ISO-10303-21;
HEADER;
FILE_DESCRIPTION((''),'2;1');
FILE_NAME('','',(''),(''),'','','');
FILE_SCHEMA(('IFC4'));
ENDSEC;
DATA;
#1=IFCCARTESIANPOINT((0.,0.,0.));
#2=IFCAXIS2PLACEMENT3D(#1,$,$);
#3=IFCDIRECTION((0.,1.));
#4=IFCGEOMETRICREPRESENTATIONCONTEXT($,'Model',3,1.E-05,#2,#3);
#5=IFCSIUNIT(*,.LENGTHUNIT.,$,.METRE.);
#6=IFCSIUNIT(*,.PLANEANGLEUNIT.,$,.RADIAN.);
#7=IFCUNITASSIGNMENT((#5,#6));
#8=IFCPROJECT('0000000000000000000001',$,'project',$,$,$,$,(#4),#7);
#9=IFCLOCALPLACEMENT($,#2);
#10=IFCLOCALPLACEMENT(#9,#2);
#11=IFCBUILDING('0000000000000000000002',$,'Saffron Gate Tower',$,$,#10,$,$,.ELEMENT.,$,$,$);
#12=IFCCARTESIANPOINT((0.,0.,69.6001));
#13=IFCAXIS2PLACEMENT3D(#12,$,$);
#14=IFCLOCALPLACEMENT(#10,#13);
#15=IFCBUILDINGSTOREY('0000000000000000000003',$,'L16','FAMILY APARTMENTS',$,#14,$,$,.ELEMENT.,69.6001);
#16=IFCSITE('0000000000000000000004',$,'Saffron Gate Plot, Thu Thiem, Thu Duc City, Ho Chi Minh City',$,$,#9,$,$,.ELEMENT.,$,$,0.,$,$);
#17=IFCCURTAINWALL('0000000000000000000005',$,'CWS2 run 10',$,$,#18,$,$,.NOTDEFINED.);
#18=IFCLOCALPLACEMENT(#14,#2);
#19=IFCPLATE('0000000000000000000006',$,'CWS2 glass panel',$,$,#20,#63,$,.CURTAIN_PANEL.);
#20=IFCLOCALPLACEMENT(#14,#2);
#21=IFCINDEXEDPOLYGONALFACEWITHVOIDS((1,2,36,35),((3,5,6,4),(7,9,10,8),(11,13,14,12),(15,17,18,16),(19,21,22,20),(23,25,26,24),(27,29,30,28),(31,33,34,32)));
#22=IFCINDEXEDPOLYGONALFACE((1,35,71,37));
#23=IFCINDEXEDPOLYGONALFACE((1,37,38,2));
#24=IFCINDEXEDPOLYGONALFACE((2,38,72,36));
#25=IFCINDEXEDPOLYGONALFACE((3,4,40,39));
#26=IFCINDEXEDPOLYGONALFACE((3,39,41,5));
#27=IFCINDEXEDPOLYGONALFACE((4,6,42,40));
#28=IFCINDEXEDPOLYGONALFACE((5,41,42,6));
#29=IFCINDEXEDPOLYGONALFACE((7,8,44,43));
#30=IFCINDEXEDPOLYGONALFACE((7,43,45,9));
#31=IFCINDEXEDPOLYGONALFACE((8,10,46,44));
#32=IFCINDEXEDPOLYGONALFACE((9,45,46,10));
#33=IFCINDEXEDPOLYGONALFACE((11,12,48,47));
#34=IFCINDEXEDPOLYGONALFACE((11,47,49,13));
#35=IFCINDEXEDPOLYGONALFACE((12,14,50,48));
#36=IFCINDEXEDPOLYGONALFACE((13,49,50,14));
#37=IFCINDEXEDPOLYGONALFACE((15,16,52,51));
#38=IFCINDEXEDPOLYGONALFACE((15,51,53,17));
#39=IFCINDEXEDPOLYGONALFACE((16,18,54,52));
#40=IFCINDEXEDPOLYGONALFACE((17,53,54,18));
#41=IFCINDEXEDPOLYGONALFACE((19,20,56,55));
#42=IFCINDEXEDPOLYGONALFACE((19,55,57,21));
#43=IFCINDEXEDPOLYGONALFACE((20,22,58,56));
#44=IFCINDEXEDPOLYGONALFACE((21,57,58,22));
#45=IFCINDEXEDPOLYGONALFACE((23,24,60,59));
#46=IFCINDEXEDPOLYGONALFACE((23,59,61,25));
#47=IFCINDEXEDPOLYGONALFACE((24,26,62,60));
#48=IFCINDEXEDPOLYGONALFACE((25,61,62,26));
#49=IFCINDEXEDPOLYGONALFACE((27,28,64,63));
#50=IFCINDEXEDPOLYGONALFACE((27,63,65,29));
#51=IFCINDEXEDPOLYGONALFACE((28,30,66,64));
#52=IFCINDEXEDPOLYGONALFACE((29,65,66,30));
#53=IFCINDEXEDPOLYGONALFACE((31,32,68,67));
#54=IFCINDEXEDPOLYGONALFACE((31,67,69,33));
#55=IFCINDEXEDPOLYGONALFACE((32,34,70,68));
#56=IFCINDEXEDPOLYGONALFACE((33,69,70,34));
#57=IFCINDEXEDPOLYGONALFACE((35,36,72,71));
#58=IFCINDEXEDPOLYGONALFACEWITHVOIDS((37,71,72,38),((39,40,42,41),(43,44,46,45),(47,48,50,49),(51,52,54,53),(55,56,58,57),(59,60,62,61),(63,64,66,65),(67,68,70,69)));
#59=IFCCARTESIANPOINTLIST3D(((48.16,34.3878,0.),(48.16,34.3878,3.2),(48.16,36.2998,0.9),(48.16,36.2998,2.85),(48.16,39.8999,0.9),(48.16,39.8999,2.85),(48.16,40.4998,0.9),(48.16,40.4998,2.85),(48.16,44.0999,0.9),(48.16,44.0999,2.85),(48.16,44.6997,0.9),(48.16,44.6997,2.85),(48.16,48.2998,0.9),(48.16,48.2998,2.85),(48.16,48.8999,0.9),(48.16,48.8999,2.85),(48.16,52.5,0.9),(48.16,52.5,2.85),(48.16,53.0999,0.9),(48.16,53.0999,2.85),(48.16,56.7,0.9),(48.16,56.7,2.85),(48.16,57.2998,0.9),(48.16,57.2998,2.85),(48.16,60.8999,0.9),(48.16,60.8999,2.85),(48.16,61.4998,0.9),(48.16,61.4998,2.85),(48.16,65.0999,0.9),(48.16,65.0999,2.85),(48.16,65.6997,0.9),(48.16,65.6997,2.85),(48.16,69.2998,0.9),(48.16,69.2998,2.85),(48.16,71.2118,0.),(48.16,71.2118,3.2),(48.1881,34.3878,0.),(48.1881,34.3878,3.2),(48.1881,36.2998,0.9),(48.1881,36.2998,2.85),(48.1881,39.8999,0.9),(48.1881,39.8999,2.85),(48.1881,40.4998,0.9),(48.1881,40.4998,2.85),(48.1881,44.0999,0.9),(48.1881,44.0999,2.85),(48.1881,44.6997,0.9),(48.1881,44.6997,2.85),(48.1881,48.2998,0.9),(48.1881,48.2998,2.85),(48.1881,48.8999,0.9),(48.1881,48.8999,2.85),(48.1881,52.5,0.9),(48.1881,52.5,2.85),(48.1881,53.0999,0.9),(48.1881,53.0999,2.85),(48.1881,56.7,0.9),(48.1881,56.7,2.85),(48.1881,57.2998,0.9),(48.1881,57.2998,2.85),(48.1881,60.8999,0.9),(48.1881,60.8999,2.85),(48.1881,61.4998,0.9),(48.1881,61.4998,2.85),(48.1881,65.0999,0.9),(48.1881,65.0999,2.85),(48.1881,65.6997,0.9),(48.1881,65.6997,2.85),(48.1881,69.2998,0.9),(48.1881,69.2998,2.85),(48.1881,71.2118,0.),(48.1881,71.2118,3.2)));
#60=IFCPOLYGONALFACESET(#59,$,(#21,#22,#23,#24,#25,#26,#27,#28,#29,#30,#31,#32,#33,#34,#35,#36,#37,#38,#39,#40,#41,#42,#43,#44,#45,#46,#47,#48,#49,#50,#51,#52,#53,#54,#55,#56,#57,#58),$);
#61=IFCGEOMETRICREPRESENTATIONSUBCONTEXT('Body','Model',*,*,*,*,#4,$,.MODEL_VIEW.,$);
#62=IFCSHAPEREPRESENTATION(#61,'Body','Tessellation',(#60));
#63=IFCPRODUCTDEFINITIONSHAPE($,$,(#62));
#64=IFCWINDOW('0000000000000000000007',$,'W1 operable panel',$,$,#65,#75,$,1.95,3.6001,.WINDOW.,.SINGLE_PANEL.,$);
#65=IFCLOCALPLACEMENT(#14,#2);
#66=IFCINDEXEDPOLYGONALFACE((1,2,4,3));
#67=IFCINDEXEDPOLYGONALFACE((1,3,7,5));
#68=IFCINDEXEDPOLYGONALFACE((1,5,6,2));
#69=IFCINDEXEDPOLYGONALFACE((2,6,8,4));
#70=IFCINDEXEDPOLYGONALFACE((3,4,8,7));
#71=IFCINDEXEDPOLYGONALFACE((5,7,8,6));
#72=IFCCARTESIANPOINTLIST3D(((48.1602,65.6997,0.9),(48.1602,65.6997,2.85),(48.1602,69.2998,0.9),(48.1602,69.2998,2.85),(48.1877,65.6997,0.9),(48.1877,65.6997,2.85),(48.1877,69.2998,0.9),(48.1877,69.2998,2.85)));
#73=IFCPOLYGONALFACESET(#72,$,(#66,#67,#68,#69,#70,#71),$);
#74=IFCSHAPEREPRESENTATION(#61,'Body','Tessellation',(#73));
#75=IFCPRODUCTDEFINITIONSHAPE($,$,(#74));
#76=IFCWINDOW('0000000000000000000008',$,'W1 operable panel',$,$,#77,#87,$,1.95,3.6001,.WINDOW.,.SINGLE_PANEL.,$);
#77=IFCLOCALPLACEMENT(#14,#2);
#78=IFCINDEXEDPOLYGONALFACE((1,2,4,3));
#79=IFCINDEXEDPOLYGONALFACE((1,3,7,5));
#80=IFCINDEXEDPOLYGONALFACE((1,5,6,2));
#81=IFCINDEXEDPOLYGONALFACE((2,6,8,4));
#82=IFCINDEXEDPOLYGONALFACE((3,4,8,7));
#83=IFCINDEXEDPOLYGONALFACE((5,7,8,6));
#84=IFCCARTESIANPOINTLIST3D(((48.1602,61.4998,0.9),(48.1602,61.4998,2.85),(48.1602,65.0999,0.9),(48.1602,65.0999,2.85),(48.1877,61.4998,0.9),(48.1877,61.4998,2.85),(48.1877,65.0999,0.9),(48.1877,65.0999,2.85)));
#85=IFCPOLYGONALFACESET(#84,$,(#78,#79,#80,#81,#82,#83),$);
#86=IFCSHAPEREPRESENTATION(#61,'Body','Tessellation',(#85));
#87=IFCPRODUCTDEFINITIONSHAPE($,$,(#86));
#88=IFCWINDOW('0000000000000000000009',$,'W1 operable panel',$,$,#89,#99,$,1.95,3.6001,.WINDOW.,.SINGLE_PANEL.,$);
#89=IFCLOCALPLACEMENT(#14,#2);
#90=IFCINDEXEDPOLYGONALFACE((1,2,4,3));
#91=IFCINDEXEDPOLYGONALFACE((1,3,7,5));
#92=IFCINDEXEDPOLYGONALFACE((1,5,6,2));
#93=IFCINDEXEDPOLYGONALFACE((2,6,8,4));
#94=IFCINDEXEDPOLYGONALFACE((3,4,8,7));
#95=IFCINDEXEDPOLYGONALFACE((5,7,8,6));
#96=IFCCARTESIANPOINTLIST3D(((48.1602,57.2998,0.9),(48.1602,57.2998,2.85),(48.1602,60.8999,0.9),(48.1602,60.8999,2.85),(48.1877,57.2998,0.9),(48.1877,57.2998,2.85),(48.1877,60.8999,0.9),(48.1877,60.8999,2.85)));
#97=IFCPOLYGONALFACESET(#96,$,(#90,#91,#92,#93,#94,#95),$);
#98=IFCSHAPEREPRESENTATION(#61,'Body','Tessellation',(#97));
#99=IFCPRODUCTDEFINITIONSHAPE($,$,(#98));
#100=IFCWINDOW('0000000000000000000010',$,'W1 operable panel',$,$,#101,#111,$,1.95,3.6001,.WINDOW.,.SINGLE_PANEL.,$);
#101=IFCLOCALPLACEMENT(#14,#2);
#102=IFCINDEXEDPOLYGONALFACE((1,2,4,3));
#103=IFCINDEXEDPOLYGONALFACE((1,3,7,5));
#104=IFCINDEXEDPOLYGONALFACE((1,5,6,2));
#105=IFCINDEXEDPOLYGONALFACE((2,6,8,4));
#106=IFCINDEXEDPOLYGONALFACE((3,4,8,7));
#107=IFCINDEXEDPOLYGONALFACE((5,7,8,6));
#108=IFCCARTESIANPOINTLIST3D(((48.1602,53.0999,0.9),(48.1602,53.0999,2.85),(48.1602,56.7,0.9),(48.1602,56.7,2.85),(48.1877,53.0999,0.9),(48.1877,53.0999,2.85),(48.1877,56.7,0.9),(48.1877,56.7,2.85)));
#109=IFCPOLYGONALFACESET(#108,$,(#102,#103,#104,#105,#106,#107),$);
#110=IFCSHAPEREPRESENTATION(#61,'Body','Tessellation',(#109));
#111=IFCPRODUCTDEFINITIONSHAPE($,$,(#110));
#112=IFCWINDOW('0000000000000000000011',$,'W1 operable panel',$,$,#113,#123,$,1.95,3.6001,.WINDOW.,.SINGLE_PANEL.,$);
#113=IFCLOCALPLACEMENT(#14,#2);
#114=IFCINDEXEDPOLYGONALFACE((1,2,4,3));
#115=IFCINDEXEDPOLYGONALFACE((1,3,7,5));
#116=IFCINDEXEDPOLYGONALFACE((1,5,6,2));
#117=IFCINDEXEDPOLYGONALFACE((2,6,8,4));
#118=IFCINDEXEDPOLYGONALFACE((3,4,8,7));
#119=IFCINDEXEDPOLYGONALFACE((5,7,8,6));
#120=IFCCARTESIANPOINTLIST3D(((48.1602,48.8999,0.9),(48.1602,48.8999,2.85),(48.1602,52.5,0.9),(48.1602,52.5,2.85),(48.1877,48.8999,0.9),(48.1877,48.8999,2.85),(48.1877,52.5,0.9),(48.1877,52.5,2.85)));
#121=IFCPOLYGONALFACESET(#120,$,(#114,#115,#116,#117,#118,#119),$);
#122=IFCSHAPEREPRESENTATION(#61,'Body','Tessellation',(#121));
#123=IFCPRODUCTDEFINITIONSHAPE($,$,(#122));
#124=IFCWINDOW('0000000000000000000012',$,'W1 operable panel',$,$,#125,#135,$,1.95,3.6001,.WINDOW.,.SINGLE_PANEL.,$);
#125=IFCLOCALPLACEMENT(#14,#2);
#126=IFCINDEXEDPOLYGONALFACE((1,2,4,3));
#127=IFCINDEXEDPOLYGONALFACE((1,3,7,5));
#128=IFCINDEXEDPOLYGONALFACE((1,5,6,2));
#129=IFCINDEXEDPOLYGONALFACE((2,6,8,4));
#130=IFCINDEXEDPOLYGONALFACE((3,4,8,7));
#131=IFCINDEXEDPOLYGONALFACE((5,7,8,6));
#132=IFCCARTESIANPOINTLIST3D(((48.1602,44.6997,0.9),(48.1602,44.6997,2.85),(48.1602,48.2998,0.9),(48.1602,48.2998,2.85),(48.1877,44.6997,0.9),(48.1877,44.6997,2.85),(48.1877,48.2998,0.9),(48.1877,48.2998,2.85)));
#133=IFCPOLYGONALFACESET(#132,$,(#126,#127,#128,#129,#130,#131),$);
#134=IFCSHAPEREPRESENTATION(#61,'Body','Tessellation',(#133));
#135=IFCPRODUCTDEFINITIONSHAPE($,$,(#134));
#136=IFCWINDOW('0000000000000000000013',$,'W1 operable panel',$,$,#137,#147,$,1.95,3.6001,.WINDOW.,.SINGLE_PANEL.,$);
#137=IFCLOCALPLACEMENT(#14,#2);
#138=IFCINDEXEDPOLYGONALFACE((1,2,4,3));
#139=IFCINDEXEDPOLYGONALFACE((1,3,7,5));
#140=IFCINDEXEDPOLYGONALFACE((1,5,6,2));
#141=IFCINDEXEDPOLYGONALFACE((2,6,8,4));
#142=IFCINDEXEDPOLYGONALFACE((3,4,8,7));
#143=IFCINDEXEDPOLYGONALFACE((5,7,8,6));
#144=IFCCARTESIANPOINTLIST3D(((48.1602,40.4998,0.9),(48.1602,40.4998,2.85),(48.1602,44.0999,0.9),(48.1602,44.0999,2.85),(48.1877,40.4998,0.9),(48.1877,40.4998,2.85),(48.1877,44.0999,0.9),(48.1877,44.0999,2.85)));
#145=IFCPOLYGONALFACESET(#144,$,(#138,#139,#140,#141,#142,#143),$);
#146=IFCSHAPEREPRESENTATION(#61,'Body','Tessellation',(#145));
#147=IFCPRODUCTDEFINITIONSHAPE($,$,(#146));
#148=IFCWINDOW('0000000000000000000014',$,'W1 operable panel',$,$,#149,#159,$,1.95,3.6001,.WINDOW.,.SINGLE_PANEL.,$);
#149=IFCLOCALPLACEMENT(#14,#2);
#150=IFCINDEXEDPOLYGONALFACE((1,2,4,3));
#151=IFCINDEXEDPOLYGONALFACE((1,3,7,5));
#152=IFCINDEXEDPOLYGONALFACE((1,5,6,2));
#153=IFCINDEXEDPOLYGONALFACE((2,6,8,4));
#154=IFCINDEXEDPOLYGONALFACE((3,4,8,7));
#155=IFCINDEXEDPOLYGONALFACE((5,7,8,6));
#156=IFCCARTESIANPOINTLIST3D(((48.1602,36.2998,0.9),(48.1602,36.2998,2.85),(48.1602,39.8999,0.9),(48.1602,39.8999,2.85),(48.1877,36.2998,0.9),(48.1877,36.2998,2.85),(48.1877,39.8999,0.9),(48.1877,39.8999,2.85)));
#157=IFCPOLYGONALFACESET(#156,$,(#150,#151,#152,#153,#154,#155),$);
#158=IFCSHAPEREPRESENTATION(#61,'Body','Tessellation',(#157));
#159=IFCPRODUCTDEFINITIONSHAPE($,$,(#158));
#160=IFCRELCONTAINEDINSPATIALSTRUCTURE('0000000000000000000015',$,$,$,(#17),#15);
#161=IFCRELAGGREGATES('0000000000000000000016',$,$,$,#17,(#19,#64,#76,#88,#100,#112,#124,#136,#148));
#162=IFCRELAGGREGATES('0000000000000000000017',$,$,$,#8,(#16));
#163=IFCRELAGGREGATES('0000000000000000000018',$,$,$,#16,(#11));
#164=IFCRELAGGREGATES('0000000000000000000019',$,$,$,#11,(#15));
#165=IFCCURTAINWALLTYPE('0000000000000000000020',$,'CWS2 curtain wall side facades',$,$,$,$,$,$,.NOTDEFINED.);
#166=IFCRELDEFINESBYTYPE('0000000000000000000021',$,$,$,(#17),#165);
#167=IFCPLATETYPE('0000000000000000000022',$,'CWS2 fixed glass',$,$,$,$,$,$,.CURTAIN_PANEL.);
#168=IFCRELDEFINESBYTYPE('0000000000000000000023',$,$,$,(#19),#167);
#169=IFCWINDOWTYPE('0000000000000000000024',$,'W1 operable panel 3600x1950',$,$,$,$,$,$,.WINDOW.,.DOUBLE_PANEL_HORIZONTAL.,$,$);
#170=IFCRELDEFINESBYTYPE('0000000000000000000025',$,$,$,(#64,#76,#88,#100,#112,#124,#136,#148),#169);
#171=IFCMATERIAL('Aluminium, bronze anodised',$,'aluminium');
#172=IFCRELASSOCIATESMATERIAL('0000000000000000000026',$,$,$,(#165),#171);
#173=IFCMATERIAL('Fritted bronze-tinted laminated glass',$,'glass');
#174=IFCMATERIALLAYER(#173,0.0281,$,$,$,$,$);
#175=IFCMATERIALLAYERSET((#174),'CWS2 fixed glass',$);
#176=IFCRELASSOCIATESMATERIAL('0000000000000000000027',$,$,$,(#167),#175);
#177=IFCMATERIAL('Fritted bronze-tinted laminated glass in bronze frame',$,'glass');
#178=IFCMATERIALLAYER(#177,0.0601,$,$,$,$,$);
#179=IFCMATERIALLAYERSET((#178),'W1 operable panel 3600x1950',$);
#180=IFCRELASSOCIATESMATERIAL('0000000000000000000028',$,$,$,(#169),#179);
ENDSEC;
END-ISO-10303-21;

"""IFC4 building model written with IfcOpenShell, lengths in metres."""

from ifc_helpers import new_model, si_unit, direction, frame, frame_2d, origin, place, context, subcontext, project, spatial, rectangle, extrude, material, layer, layer_set, type_object, element, fill, aggregate, save


model = new_model("IFC4")

# Units and contexts
model_context = context("Model", 3, precision=1e-05, world=origin(), true_north=direction((0.0, 1.0)))
body_context = subcontext(model_context, "Body", "Model", "MODEL_VIEW")
ifc_project = project(units=[si_unit("LENGTHUNIT", "METRE"), si_unit("PLANEANGLEUNIT", "RADIAN")], contexts=[model_context])

# Site, building, storey
site_placement = place(None, origin())
site = spatial("IfcSite", under=ifc_project, at=site_placement, Name="Saffron Gate Plot, Thu Thiem, Thu Duc City, Ho Chi Minh City", CompositionType="ELEMENT", RefElevation=0.0)
building_placement = place(site_placement, origin())
building = spatial("IfcBuilding", under=site, at=building_placement, Name="Saffron Gate Tower", CompositionType="ELEMENT")
storey_placement = place(building_placement, frame((0.0, 0.0, 69.6001)))
storey = spatial("IfcBuildingStorey", under=building, at=storey_placement, Name="L16", Description="FAMILY APARTMENTS", CompositionType="ELEMENT", Elevation=69.6001)

# Curtain wall
ifc_material_1 = material(Name="Aluminium, bronze anodised", Category="aluminium")
curtain_wall_type_1 = type_object("IfcCurtainWallType", Name="CWS2 curtain wall side facades", PredefinedType="NOTDEFINED", material=ifc_material_1)
curtain_wall_1_placement = place(storey_placement, origin())
curtain_wall_1 = element("IfcCurtainWall", 1, at=curtain_wall_1_placement, inside=storey, type_object=curtain_wall_type_1, Name="CWS2 run 10", PredefinedType="NOTDEFINED")

# Plate, openings, windows
ifc_material_2 = material(Name="Fritted bronze-tinted laminated glass", Category="glass")
ifc_layer_1 = layer(ifc_material_2, 0.0281)
ifc_layer_set_1 = layer_set([ifc_layer_1], Name="CWS2 fixed glass")
plate_type_1 = type_object("IfcPlateType", Name="CWS2 fixed glass", PredefinedType="CURTAIN_PANEL", material=ifc_layer_set_1)
plate_1_placement = place(storey_placement, frame((48.1741, 71.2119, 0.0), z_axis=(0.0, 0.0, 1.0), x_axis=(0.0, -1.0, 0.0)))
plate_1 = element("IfcPlate", 2, at=plate_1_placement, type_object=plate_type_1, Name="CWS2 glass panel", PredefinedType="CURTAIN_PANEL", context=body_context, shape_type="SweptSolid", body=[
    extrude(rectangle(XDim=36.824, YDim=0.0281, at=frame_2d((18.4121, 0.0))), origin(), (0.0, 0.0, 1.0), 3.2),
])
opening_1_placement = place(plate_1_placement, frame((1.9121, 0.0, 0.8999)))
opening_1 = element("IfcOpeningElement", 3, at=opening_1_placement, cuts=plate_1, PredefinedType="OPENING", context=body_context, shape_type="SweptSolid", body=[
    extrude(rectangle(XDim=3.6001, YDim=1.95, at=frame_2d((1.8, 0.9751))), frame((0.0, 0.0239, 0.0), z_axis=(0.0, -1.0, 0.0), x_axis=(1.0, 0.0, 0.0)), (0.0, 0.0, 1.0), 0.0481),
])
opening_2_placement = place(plate_1_placement, frame((6.1121, 0.0, 0.8999)))
opening_2 = element("IfcOpeningElement", 4, at=opening_2_placement, cuts=plate_1, PredefinedType="OPENING", context=body_context, shape_type="SweptSolid", body=[
    extrude(rectangle(XDim=3.6001, YDim=1.95, at=frame_2d((1.8, 0.9751))), frame((0.0, 0.0239, 0.0), z_axis=(0.0, -1.0, 0.0), x_axis=(1.0, 0.0, 0.0)), (0.0, 0.0, 1.0), 0.0481),
])
opening_3_placement = place(plate_1_placement, frame((10.312, 0.0, 0.8999)))
opening_3 = element("IfcOpeningElement", 5, at=opening_3_placement, cuts=plate_1, PredefinedType="OPENING", context=body_context, shape_type="SweptSolid", body=[
    extrude(rectangle(XDim=3.6001, YDim=1.95, at=frame_2d((1.8, 0.9751))), frame((0.0, 0.0239, 0.0), z_axis=(0.0, -1.0, 0.0), x_axis=(1.0, 0.0, 0.0)), (0.0, 0.0, 1.0), 0.0481),
])
opening_4_placement = place(plate_1_placement, frame((14.512, 0.0, 0.8999)))
opening_4 = element("IfcOpeningElement", 6, at=opening_4_placement, cuts=plate_1, PredefinedType="OPENING", context=body_context, shape_type="SweptSolid", body=[
    extrude(rectangle(XDim=3.6001, YDim=1.95, at=frame_2d((1.8, 0.9751))), frame((0.0, 0.0239, 0.0), z_axis=(0.0, -1.0, 0.0), x_axis=(1.0, 0.0, 0.0)), (0.0, 0.0, 1.0), 0.0481),
])
opening_5_placement = place(plate_1_placement, frame((18.7119, 0.0, 0.8999)))
opening_5 = element("IfcOpeningElement", 7, at=opening_5_placement, cuts=plate_1, PredefinedType="OPENING", context=body_context, shape_type="SweptSolid", body=[
    extrude(rectangle(XDim=3.6001, YDim=1.95, at=frame_2d((1.8, 0.9751))), frame((0.0, 0.0239, 0.0), z_axis=(0.0, -1.0, 0.0), x_axis=(1.0, 0.0, 0.0)), (0.0, 0.0, 1.0), 0.0481),
])
opening_6_placement = place(plate_1_placement, frame((22.9121, 0.0, 0.8999)))
opening_6 = element("IfcOpeningElement", 8, at=opening_6_placement, cuts=plate_1, PredefinedType="OPENING", context=body_context, shape_type="SweptSolid", body=[
    extrude(rectangle(XDim=3.6001, YDim=1.95, at=frame_2d((1.8, 0.9751))), frame((0.0, 0.0239, 0.0), z_axis=(0.0, -1.0, 0.0), x_axis=(1.0, 0.0, 0.0)), (0.0, 0.0, 1.0), 0.0481),
])
opening_7_placement = place(plate_1_placement, frame((27.1121, 0.0, 0.8999)))
opening_7 = element("IfcOpeningElement", 9, at=opening_7_placement, cuts=plate_1, PredefinedType="OPENING", context=body_context, shape_type="SweptSolid", body=[
    extrude(rectangle(XDim=3.6001, YDim=1.95, at=frame_2d((1.8, 0.9751))), frame((0.0, 0.0239, 0.0), z_axis=(0.0, -1.0, 0.0), x_axis=(1.0, 0.0, 0.0)), (0.0, 0.0, 1.0), 0.0481),
])
opening_8_placement = place(plate_1_placement, frame((31.312, 0.0, 0.8999)))
opening_8 = element("IfcOpeningElement", 10, at=opening_8_placement, cuts=plate_1, PredefinedType="OPENING", context=body_context, shape_type="SweptSolid", body=[
    extrude(rectangle(XDim=3.6001, YDim=1.95, at=frame_2d((1.8, 0.9751))), frame((0.0, 0.0239, 0.0), z_axis=(0.0, -1.0, 0.0), x_axis=(1.0, 0.0, 0.0)), (0.0, 0.0, 1.0), 0.0481),
])
ifc_material_3 = material(Name="Fritted bronze-tinted laminated glass in bronze frame", Category="glass")
ifc_layer_2 = layer(ifc_material_3, 0.0601)
ifc_layer_set_2 = layer_set([ifc_layer_2], Name="W1 operable panel 3600x1950")
window_type = type_object("IfcWindowType", Name="W1 operable panel 3600x1950", PartitioningType="DOUBLE_PANEL_HORIZONTAL", PredefinedType="WINDOW", material=ifc_layer_set_2)
window_1_placement = place(opening_1_placement, origin())
window_1 = element("IfcWindow", 11, at=window_1_placement, type_object=window_type, Name="W1 operable panel", OverallHeight=1.95, OverallWidth=3.6001, PartitioningType="SINGLE_PANEL", PredefinedType="WINDOW", context=body_context, shape_type="SweptSolid", body=[
    extrude(rectangle(XDim=3.6001, YDim=1.95, at=frame_2d((1.8, 0.9751))), frame((0.0, 0.0137, 0.0), z_axis=(0.0, -1.0, 0.0), x_axis=(1.0, 0.0, 0.0)), (0.0, 0.0, 1.0), 0.0276),
])
fill(opening_1, window_1)
window_2_placement = place(opening_2_placement, origin())
window_2 = element("IfcWindow", 12, at=window_2_placement, type_object=window_type, Name="W1 operable panel", OverallHeight=1.95, OverallWidth=3.6001, PartitioningType="SINGLE_PANEL", PredefinedType="WINDOW", context=body_context, shape_type="SweptSolid", body=[
    extrude(rectangle(XDim=3.6001, YDim=1.95, at=frame_2d((1.8, 0.9751))), frame((0.0, 0.0137, 0.0), z_axis=(0.0, -1.0, 0.0), x_axis=(1.0, 0.0, 0.0)), (0.0, 0.0, 1.0), 0.0276),
])
fill(opening_2, window_2)
window_3_placement = place(opening_3_placement, origin())
window_3 = element("IfcWindow", 13, at=window_3_placement, type_object=window_type, Name="W1 operable panel", OverallHeight=1.95, OverallWidth=3.6001, PartitioningType="SINGLE_PANEL", PredefinedType="WINDOW", context=body_context, shape_type="SweptSolid", body=[
    extrude(rectangle(XDim=3.6001, YDim=1.95, at=frame_2d((1.8, 0.9751))), frame((0.0, 0.0137, 0.0), z_axis=(0.0, -1.0, 0.0), x_axis=(1.0, 0.0, 0.0)), (0.0, 0.0, 1.0), 0.0276),
])
fill(opening_3, window_3)
window_4_placement = place(opening_4_placement, origin())
window_4 = element("IfcWindow", 14, at=window_4_placement, type_object=window_type, Name="W1 operable panel", OverallHeight=1.95, OverallWidth=3.6001, PartitioningType="SINGLE_PANEL", PredefinedType="WINDOW", context=body_context, shape_type="SweptSolid", body=[
    extrude(rectangle(XDim=3.6001, YDim=1.95, at=frame_2d((1.8, 0.9751))), frame((0.0, 0.0137, 0.0), z_axis=(0.0, -1.0, 0.0), x_axis=(1.0, 0.0, 0.0)), (0.0, 0.0, 1.0), 0.0276),
])
fill(opening_4, window_4)
window_5_placement = place(opening_5_placement, origin())
window_5 = element("IfcWindow", 15, at=window_5_placement, type_object=window_type, Name="W1 operable panel", OverallHeight=1.95, OverallWidth=3.6001, PartitioningType="SINGLE_PANEL", PredefinedType="WINDOW", context=body_context, shape_type="SweptSolid", body=[
    extrude(rectangle(XDim=3.6001, YDim=1.95, at=frame_2d((1.8, 0.9751))), frame((0.0, 0.0137, 0.0), z_axis=(0.0, -1.0, 0.0), x_axis=(1.0, 0.0, 0.0)), (0.0, 0.0, 1.0), 0.0276),
])
fill(opening_5, window_5)
window_6_placement = place(opening_6_placement, origin())
window_6 = element("IfcWindow", 16, at=window_6_placement, type_object=window_type, Name="W1 operable panel", OverallHeight=1.95, OverallWidth=3.6001, PartitioningType="SINGLE_PANEL", PredefinedType="WINDOW", context=body_context, shape_type="SweptSolid", body=[
    extrude(rectangle(XDim=3.6001, YDim=1.95, at=frame_2d((1.8, 0.9751))), frame((0.0, 0.0137, 0.0), z_axis=(0.0, -1.0, 0.0), x_axis=(1.0, 0.0, 0.0)), (0.0, 0.0, 1.0), 0.0276),
])
fill(opening_6, window_6)
window_7_placement = place(opening_7_placement, origin())
window_7 = element("IfcWindow", 17, at=window_7_placement, type_object=window_type, Name="W1 operable panel", OverallHeight=1.95, OverallWidth=3.6001, PartitioningType="SINGLE_PANEL", PredefinedType="WINDOW", context=body_context, shape_type="SweptSolid", body=[
    extrude(rectangle(XDim=3.6001, YDim=1.95, at=frame_2d((1.8, 0.9751))), frame((0.0, 0.0137, 0.0), z_axis=(0.0, -1.0, 0.0), x_axis=(1.0, 0.0, 0.0)), (0.0, 0.0, 1.0), 0.0276),
])
fill(opening_7, window_7)
window_8_placement = place(opening_8_placement, origin())
window_8 = element("IfcWindow", 18, at=window_8_placement, type_object=window_type, Name="W1 operable panel", OverallHeight=1.95, OverallWidth=3.6001, PartitioningType="SINGLE_PANEL", PredefinedType="WINDOW", context=body_context, shape_type="SweptSolid", body=[
    extrude(rectangle(XDim=3.6001, YDim=1.95, at=frame_2d((1.8, 0.9751))), frame((0.0, 0.0137, 0.0), z_axis=(0.0, -1.0, 0.0), x_axis=(1.0, 0.0, 0.0)), (0.0, 0.0, 1.0), 0.0276),
])
fill(opening_8, window_8)
aggregate(curtain_wall_1, [plate_1, window_1, window_2, window_3, window_4, window_5, window_6, window_7, window_8])

save(model, "model.ifc")
